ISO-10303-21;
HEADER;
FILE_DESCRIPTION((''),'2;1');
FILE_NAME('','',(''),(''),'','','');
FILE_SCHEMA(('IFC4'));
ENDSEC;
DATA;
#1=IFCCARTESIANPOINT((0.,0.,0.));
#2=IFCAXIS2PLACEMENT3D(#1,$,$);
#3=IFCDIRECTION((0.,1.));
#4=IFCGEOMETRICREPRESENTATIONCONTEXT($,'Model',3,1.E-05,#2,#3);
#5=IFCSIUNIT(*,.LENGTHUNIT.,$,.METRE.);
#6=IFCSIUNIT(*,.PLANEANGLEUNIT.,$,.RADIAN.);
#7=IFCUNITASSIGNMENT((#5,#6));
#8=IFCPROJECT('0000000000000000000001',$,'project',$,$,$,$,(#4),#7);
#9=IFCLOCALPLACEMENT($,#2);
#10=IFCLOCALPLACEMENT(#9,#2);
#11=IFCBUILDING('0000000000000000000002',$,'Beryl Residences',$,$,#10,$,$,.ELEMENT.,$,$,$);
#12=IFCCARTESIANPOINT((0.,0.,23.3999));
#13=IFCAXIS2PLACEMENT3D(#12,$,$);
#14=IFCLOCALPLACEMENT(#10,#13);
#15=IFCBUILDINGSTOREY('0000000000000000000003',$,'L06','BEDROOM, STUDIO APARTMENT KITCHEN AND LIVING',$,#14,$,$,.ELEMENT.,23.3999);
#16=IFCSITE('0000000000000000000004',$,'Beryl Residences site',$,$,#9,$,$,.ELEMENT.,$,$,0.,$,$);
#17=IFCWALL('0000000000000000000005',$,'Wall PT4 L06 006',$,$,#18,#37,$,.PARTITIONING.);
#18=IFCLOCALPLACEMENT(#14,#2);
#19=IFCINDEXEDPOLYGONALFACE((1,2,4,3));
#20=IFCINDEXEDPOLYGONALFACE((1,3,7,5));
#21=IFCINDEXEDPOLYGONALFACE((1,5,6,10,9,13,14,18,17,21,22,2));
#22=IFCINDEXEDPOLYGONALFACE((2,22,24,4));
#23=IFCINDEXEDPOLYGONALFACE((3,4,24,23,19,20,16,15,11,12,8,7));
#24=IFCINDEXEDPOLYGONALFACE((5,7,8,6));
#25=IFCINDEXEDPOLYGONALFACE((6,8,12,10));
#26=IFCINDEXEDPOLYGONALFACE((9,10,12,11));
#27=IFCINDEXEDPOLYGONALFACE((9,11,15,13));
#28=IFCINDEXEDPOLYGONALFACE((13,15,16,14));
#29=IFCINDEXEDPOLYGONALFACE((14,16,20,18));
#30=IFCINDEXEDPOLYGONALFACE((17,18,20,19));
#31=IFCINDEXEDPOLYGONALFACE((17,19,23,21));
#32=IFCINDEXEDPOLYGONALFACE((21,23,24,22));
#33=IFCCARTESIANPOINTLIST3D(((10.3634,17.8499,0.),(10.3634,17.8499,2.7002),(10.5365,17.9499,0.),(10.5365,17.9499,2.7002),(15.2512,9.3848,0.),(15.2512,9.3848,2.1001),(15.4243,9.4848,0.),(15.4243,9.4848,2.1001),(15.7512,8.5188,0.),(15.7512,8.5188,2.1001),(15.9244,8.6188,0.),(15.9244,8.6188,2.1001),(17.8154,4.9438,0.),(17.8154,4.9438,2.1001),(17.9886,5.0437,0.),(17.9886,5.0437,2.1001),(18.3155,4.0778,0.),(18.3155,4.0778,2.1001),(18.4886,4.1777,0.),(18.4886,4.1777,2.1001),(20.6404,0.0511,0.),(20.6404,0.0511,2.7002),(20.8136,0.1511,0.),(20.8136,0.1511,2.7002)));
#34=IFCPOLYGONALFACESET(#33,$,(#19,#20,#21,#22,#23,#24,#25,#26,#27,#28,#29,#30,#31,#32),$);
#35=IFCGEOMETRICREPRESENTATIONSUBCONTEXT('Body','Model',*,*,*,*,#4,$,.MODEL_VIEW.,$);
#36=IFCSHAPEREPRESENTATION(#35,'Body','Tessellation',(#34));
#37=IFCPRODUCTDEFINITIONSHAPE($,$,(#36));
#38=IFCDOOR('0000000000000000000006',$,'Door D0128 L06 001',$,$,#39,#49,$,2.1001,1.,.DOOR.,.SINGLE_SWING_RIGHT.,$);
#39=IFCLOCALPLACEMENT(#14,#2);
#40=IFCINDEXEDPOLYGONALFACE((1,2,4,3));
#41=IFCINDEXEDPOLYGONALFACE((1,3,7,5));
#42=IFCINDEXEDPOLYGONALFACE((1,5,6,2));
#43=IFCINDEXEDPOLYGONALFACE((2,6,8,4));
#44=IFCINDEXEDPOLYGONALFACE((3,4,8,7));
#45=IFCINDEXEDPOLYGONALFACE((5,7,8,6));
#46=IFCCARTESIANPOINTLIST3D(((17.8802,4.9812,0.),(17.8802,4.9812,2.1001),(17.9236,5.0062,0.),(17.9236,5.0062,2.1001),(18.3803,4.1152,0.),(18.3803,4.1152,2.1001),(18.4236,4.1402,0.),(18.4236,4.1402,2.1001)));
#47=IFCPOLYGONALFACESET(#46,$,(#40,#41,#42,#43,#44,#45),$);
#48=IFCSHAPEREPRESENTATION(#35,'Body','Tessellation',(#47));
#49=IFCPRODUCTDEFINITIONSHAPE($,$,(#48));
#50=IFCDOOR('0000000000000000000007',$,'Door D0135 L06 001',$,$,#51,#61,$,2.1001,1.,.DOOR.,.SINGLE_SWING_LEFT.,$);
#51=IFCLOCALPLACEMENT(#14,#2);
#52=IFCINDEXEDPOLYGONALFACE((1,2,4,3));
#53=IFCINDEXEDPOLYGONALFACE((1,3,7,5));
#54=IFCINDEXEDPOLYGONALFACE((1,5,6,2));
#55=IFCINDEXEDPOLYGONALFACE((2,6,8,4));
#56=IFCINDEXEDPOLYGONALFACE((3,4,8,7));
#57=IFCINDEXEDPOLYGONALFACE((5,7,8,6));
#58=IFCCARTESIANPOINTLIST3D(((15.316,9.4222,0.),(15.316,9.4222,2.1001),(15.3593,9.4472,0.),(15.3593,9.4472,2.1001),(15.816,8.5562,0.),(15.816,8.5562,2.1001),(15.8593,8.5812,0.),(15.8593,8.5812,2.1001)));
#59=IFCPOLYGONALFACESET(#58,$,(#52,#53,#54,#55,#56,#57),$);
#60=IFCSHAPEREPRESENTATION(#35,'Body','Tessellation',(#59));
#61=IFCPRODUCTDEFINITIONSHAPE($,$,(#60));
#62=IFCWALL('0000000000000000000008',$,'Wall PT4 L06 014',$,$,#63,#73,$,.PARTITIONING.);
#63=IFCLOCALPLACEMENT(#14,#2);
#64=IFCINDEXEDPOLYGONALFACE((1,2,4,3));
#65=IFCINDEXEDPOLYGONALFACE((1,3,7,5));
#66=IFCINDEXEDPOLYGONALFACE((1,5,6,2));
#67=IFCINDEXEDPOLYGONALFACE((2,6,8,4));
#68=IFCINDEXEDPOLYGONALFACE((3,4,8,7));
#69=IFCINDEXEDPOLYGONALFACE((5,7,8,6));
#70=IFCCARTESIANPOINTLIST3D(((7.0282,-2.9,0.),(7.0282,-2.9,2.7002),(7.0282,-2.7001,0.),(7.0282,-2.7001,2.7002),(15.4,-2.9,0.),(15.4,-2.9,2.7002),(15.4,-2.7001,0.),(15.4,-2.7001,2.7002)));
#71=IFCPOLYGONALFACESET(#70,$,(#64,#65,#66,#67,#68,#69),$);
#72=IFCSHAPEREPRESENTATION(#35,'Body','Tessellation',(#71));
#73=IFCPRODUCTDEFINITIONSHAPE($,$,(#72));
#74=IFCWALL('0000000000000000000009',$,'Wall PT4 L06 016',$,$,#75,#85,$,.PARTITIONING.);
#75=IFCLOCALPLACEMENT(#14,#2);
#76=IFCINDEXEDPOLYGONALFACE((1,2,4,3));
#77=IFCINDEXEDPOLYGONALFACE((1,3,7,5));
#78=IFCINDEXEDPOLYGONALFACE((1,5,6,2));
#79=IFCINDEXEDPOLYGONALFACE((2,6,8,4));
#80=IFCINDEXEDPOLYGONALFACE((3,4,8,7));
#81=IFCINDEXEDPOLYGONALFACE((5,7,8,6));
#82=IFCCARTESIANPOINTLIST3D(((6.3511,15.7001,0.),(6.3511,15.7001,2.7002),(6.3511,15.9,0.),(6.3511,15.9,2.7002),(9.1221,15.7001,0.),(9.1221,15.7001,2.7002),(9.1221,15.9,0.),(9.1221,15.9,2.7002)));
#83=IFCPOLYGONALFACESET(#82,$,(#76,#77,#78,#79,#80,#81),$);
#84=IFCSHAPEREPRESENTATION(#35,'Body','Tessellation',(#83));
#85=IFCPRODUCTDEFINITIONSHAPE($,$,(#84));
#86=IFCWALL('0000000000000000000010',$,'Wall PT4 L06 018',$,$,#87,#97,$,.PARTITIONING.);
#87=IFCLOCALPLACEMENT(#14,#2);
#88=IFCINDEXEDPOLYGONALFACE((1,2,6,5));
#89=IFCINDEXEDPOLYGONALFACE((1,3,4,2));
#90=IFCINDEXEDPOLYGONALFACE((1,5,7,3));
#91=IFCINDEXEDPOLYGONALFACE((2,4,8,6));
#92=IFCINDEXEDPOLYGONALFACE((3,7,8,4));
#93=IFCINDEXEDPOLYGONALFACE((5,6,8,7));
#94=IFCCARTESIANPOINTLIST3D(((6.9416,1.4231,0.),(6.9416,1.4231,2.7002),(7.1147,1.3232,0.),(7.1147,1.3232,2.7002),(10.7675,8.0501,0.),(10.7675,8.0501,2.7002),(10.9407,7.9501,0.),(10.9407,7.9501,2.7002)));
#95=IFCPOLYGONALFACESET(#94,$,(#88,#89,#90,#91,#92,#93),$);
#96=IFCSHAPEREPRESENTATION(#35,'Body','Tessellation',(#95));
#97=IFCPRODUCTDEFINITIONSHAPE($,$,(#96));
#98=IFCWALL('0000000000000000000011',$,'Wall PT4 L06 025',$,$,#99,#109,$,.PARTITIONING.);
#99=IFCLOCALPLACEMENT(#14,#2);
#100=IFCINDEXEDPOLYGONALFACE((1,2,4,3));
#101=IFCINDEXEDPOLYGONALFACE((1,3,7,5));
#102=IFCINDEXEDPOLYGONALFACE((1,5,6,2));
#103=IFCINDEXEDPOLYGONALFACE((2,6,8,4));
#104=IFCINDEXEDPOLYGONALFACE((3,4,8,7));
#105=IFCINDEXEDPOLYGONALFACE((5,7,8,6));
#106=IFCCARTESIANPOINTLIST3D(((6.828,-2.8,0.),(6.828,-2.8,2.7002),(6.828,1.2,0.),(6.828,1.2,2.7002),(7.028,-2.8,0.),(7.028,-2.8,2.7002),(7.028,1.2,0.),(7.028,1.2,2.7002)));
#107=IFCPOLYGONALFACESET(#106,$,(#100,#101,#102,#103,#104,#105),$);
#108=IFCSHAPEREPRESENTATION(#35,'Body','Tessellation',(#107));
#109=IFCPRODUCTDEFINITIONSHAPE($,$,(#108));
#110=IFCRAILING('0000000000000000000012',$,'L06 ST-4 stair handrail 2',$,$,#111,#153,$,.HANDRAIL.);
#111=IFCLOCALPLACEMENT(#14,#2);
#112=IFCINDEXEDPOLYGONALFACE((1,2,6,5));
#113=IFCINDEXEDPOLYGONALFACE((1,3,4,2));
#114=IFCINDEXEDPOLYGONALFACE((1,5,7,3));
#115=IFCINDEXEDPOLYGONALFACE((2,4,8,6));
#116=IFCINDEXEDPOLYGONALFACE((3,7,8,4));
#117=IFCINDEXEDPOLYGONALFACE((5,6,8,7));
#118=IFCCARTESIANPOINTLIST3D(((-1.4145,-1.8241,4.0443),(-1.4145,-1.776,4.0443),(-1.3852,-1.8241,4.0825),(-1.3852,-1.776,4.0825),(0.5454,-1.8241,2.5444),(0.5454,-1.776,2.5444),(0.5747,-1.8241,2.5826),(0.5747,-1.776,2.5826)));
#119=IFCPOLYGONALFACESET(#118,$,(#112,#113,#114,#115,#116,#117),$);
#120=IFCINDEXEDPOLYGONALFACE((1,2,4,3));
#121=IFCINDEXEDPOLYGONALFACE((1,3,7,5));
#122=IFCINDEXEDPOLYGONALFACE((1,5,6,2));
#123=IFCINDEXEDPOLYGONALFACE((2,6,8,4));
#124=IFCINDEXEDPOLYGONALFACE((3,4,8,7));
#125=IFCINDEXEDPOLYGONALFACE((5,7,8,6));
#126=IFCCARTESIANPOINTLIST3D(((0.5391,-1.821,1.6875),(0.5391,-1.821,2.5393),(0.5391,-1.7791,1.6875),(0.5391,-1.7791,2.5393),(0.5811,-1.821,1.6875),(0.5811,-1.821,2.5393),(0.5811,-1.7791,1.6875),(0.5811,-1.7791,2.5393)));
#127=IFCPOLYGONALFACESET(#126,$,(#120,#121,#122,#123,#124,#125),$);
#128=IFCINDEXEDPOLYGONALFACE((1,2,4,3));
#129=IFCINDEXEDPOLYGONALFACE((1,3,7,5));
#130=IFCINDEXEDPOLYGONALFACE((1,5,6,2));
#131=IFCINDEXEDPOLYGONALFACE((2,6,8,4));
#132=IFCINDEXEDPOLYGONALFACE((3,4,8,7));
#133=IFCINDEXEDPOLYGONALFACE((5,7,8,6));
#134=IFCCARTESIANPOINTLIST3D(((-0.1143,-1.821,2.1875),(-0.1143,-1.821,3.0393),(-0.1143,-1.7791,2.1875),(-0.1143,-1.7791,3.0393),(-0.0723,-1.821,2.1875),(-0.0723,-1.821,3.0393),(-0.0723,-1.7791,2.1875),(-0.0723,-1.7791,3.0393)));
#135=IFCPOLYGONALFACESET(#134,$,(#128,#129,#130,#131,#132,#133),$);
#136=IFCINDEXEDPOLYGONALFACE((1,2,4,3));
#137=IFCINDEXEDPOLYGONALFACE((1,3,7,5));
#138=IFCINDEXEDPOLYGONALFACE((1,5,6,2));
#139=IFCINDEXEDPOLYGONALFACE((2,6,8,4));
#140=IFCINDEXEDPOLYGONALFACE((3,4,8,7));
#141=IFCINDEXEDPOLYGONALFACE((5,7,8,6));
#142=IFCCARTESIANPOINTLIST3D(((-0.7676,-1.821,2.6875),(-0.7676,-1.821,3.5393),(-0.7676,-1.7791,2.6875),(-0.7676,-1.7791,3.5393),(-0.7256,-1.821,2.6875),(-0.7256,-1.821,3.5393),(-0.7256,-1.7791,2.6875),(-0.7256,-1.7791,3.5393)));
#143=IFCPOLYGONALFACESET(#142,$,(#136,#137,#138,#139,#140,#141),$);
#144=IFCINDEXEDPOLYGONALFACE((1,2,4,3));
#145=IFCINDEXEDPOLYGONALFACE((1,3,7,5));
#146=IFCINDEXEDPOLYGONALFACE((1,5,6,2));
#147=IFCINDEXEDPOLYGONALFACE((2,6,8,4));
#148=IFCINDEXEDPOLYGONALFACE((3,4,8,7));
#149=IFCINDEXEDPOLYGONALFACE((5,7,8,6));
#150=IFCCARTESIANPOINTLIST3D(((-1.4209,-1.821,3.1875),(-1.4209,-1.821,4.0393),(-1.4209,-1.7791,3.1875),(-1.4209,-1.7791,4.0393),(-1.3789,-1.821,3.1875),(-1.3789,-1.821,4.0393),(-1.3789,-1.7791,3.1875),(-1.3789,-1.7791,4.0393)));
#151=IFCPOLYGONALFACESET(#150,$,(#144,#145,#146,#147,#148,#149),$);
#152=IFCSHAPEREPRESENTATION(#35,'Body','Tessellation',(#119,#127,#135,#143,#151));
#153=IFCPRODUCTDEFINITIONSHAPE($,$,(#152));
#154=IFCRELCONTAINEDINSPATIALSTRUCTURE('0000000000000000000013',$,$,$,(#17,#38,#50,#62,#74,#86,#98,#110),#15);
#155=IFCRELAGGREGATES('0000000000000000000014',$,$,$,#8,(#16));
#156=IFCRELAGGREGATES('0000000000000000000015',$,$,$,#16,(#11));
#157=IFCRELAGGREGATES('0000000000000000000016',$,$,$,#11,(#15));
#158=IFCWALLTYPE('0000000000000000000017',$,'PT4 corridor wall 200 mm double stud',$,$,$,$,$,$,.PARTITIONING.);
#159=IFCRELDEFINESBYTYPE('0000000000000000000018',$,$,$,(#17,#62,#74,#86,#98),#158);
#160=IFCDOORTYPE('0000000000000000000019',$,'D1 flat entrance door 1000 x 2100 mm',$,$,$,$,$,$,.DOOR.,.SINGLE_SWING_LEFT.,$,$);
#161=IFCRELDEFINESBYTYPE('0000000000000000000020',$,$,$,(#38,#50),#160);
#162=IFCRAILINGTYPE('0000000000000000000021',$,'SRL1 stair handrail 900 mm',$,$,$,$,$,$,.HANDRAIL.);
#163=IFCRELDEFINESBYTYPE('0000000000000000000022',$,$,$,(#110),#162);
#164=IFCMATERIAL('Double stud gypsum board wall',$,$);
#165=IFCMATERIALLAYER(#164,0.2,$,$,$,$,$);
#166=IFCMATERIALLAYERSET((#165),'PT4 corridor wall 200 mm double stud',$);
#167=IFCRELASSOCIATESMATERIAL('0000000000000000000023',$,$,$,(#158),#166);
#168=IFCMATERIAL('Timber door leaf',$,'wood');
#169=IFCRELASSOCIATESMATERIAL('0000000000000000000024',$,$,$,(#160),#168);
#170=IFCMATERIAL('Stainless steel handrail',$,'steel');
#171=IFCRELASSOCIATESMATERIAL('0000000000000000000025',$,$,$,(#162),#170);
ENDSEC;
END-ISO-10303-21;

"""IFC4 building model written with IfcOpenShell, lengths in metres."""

from ifc_helpers import new_model, si_unit, direction, frame, frame_2d, origin, origin_2d, place, context, subcontext, project, spatial, rectangle, extrude, material, layer, layer_set, type_object, element, fill, save


model = new_model("IFC4")

# Units and contexts
model_context = context("Model", 3, precision=1e-05, world=origin(), true_north=direction((0.0, 1.0)))
body_context = subcontext(model_context, "Body", "Model", "MODEL_VIEW")
ifc_project = project(units=[si_unit("LENGTHUNIT", "METRE"), si_unit("PLANEANGLEUNIT", "RADIAN")], contexts=[model_context])

# Site, building, storey
site_placement = place(None, origin())
site = spatial("IfcSite", under=ifc_project, at=site_placement, Name="Beryl Residences site", CompositionType="ELEMENT", RefElevation=0.0)
building_placement = place(site_placement, origin())
building = spatial("IfcBuilding", under=site, at=building_placement, Name="Beryl Residences", CompositionType="ELEMENT")
storey_placement = place(building_placement, frame((0.0, 0.0, 23.3999)))
storey = spatial("IfcBuildingStorey", under=building, at=storey_placement, Name="L06", Description="BEDROOM, STUDIO APARTMENT KITCHEN AND LIVING", CompositionType="ELEMENT", Elevation=23.3999)

# Shared definitions
ifc_material_1 = material(Name="Double stud gypsum board wall")
ifc_layer_1 = layer(ifc_material_1, 0.2)
ifc_layer_set_1 = layer_set([ifc_layer_1], Name="PT4 corridor wall 200 mm double stud")
wall_type_1 = type_object("IfcWallType", Name="PT4 corridor wall 200 mm double stud", PredefinedType="PARTITIONING", material=ifc_layer_set_1)

# Wall, openings, doors
wall_1_placement = place(storey_placement, frame((10.45, 17.8999, 0.0), z_axis=(0.0, 0.0, 1.0), x_axis=(0.500034, -0.866006, 0.0)))
wall_1 = element("IfcWall", 1, at=wall_1_placement, inside=storey, type_object=wall_type_1, Name="Wall PT4 L06 006", PredefinedType="PARTITIONING", context=body_context, shape_type="SweptSolid", body=[
    extrude(rectangle(XDim=20.5527, YDim=0.2, at=frame_2d((10.2764, 0.0))), origin(), (0.0, 0.0, 1.0), 2.7002),
])
opening_1_placement = place(wall_1_placement, frame((14.9031, 0.0, 0.0)))
opening_1 = element("IfcOpeningElement", 2, at=opening_1_placement, cuts=wall_1, PredefinedType="OPENING", context=body_context, shape_type="SweptSolid", body=[
    extrude(rectangle(XDim=1.0, YDim=2.1001, at=frame_2d((0.5, 1.05))), frame((0.0, 0.1099, 0.0), z_axis=(0.0, -1.0, 0.0), x_axis=(1.0, 0.0, 0.0)), (0.0, 0.0, 1.0), 0.22),
])
opening_2_placement = place(wall_1_placement, frame((9.7749, 0.0, 0.0)))
opening_2 = element("IfcOpeningElement", 3, at=opening_2_placement, cuts=wall_1, PredefinedType="OPENING", context=body_context, shape_type="SweptSolid", body=[
    extrude(rectangle(XDim=1.0, YDim=2.1001, at=frame_2d((0.5, 1.05))), frame((0.0, 0.1099, 0.0), z_axis=(0.0, -1.0, 0.0), x_axis=(1.0, 0.0, 0.0)), (0.0, 0.0, 1.0), 0.22),
])
ifc_material_2 = material(Name="Timber door leaf", Category="wood")
door_type_1 = type_object("IfcDoorType", Name="D1 flat entrance door 1000 x 2100 mm", OperationType="SINGLE_SWING_LEFT", PredefinedType="DOOR", material=ifc_material_2)
door_1_placement = place(opening_1_placement, origin())
door_1 = element("IfcDoor", 4, at=door_1_placement, inside=storey, type_object=door_type_1, Name="Door D0128 L06 001", OperationType="SINGLE_SWING_RIGHT", OverallHeight=2.1001, OverallWidth=1.0, PredefinedType="DOOR", context=body_context, shape_type="SweptSolid", body=[
    extrude(rectangle(XDim=1.0, YDim=2.1001, at=frame_2d((0.5, 1.05))), frame((0.0, 0.0249, 0.0), z_axis=(0.0, -1.0, 0.0), x_axis=(1.0, 0.0, 0.0)), (0.0, 0.0, 1.0), 0.05),
])
fill(opening_1, door_1)
door_2_placement = place(opening_2_placement, origin())
door_2 = element("IfcDoor", 5, at=door_2_placement, inside=storey, type_object=door_type_1, Name="Door D0135 L06 001", OperationType="SINGLE_SWING_LEFT", OverallHeight=2.1001, OverallWidth=1.0, PredefinedType="DOOR", context=body_context, shape_type="SweptSolid", body=[
    extrude(rectangle(XDim=1.0, YDim=2.1001, at=frame_2d((0.5, 1.05))), frame((0.0, 0.0249, 0.0), z_axis=(0.0, -1.0, 0.0), x_axis=(1.0, 0.0, 0.0)), (0.0, 0.0, 1.0), 0.05),
])
fill(opening_2, door_2)

# Walls
wall_2_placement = place(storey_placement, frame((7.0281, -2.8, 0.0), z_axis=(0.0, 0.0, 1.0), x_axis=(1.0, 0.0, 0.0)))
element("IfcWall", 6, at=wall_2_placement, inside=storey, type_object=wall_type_1, Name="Wall PT4 L06 014", PredefinedType="PARTITIONING", context=body_context, shape_type="SweptSolid", body=[
    extrude(rectangle(XDim=8.3718, YDim=0.2, at=frame_2d((4.186, 0.0))), origin(), (0.0, 0.0, 1.0), 2.7002),
])
wall_3_placement = place(storey_placement, frame((6.3511, 15.8, 0.0), z_axis=(0.0, 0.0, 1.0), x_axis=(1.0, 0.0, 0.0)))
element("IfcWall", 7, at=wall_3_placement, inside=storey, type_object=wall_type_1, Name="Wall PT4 L06 016", PredefinedType="PARTITIONING", context=body_context, shape_type="SweptSolid", body=[
    extrude(rectangle(XDim=2.771, YDim=0.2, at=frame_2d((1.3855, 0.0))), origin(), (0.0, 0.0, 1.0), 2.7002),
])
wall_4_placement = place(storey_placement, frame((7.0281, 1.373, 0.0), z_axis=(0.0, 0.0, 1.0), x_axis=(0.499986, 0.866034, 0.0)))
element("IfcWall", 8, at=wall_4_placement, inside=storey, type_object=wall_type_1, Name="Wall PT4 L06 018", PredefinedType="PARTITIONING", context=body_context, shape_type="SweptSolid", body=[
    extrude(rectangle(XDim=7.6521, YDim=0.2, at=frame_2d((3.8262, 0.0))), origin(), (0.0, 0.0, 1.0), 2.7002),
])
wall_5_placement = place(storey_placement, frame((6.928, -2.8, 0.0), z_axis=(0.0, 0.0, 1.0), x_axis=(0.0, 1.0, 0.0)))
element("IfcWall", 9, at=wall_5_placement, inside=storey, type_object=wall_type_1, Name="Wall PT4 L06 025", PredefinedType="PARTITIONING", context=body_context, shape_type="SweptSolid", body=[
    extrude(rectangle(XDim=4.0, YDim=0.2, at=frame_2d((2.0, 0.0))), origin(), (0.0, 0.0, 1.0), 2.7002),
])

# Railing
ifc_material_3 = material(Name="Stainless steel handrail", Category="steel")
railing_type_1 = type_object("IfcRailingType", Name="SRL1 stair handrail 900 mm", PredefinedType="HANDRAIL", material=ifc_material_3)
railing_1_placement = place(storey_placement, frame((0.5601, -1.8, 1.6875)))
element("IfcRailing", 10, at=railing_1_placement, inside=storey, type_object=railing_type_1, Name="L06 ST-4 stair handrail 2", PredefinedType="HANDRAIL", context=body_context, shape_type="SweptSolid", body=[
    extrude(rectangle(XDim=0.0481, YDim=0.0481, at=origin_2d()), frame((0.0, 0.0, 0.876), z_axis=(-0.794122, 0.0, 0.607758), x_axis=(0.0, -1.0, 0.0)), (0.0, 0.0, 1.0), 2.468),
    extrude(rectangle(XDim=0.042, YDim=0.042, at=origin_2d()), origin(), (0.0, 0.0, 1.0), 0.8518),
    extrude(rectangle(XDim=0.042, YDim=0.042, at=origin_2d()), frame((-0.6533, 0.0, 0.5)), (0.0, 0.0, 1.0), 0.8518),
    extrude(rectangle(XDim=0.042, YDim=0.042, at=origin_2d()), frame((-1.3066, 0.0, 1.0)), (0.0, 0.0, 1.0), 0.8518),
    extrude(rectangle(XDim=0.042, YDim=0.042, at=origin_2d()), frame((-1.96, 0.0, 1.5)), (0.0, 0.0, 1.0), 0.8518),
])

save(model, "model.ifc")
